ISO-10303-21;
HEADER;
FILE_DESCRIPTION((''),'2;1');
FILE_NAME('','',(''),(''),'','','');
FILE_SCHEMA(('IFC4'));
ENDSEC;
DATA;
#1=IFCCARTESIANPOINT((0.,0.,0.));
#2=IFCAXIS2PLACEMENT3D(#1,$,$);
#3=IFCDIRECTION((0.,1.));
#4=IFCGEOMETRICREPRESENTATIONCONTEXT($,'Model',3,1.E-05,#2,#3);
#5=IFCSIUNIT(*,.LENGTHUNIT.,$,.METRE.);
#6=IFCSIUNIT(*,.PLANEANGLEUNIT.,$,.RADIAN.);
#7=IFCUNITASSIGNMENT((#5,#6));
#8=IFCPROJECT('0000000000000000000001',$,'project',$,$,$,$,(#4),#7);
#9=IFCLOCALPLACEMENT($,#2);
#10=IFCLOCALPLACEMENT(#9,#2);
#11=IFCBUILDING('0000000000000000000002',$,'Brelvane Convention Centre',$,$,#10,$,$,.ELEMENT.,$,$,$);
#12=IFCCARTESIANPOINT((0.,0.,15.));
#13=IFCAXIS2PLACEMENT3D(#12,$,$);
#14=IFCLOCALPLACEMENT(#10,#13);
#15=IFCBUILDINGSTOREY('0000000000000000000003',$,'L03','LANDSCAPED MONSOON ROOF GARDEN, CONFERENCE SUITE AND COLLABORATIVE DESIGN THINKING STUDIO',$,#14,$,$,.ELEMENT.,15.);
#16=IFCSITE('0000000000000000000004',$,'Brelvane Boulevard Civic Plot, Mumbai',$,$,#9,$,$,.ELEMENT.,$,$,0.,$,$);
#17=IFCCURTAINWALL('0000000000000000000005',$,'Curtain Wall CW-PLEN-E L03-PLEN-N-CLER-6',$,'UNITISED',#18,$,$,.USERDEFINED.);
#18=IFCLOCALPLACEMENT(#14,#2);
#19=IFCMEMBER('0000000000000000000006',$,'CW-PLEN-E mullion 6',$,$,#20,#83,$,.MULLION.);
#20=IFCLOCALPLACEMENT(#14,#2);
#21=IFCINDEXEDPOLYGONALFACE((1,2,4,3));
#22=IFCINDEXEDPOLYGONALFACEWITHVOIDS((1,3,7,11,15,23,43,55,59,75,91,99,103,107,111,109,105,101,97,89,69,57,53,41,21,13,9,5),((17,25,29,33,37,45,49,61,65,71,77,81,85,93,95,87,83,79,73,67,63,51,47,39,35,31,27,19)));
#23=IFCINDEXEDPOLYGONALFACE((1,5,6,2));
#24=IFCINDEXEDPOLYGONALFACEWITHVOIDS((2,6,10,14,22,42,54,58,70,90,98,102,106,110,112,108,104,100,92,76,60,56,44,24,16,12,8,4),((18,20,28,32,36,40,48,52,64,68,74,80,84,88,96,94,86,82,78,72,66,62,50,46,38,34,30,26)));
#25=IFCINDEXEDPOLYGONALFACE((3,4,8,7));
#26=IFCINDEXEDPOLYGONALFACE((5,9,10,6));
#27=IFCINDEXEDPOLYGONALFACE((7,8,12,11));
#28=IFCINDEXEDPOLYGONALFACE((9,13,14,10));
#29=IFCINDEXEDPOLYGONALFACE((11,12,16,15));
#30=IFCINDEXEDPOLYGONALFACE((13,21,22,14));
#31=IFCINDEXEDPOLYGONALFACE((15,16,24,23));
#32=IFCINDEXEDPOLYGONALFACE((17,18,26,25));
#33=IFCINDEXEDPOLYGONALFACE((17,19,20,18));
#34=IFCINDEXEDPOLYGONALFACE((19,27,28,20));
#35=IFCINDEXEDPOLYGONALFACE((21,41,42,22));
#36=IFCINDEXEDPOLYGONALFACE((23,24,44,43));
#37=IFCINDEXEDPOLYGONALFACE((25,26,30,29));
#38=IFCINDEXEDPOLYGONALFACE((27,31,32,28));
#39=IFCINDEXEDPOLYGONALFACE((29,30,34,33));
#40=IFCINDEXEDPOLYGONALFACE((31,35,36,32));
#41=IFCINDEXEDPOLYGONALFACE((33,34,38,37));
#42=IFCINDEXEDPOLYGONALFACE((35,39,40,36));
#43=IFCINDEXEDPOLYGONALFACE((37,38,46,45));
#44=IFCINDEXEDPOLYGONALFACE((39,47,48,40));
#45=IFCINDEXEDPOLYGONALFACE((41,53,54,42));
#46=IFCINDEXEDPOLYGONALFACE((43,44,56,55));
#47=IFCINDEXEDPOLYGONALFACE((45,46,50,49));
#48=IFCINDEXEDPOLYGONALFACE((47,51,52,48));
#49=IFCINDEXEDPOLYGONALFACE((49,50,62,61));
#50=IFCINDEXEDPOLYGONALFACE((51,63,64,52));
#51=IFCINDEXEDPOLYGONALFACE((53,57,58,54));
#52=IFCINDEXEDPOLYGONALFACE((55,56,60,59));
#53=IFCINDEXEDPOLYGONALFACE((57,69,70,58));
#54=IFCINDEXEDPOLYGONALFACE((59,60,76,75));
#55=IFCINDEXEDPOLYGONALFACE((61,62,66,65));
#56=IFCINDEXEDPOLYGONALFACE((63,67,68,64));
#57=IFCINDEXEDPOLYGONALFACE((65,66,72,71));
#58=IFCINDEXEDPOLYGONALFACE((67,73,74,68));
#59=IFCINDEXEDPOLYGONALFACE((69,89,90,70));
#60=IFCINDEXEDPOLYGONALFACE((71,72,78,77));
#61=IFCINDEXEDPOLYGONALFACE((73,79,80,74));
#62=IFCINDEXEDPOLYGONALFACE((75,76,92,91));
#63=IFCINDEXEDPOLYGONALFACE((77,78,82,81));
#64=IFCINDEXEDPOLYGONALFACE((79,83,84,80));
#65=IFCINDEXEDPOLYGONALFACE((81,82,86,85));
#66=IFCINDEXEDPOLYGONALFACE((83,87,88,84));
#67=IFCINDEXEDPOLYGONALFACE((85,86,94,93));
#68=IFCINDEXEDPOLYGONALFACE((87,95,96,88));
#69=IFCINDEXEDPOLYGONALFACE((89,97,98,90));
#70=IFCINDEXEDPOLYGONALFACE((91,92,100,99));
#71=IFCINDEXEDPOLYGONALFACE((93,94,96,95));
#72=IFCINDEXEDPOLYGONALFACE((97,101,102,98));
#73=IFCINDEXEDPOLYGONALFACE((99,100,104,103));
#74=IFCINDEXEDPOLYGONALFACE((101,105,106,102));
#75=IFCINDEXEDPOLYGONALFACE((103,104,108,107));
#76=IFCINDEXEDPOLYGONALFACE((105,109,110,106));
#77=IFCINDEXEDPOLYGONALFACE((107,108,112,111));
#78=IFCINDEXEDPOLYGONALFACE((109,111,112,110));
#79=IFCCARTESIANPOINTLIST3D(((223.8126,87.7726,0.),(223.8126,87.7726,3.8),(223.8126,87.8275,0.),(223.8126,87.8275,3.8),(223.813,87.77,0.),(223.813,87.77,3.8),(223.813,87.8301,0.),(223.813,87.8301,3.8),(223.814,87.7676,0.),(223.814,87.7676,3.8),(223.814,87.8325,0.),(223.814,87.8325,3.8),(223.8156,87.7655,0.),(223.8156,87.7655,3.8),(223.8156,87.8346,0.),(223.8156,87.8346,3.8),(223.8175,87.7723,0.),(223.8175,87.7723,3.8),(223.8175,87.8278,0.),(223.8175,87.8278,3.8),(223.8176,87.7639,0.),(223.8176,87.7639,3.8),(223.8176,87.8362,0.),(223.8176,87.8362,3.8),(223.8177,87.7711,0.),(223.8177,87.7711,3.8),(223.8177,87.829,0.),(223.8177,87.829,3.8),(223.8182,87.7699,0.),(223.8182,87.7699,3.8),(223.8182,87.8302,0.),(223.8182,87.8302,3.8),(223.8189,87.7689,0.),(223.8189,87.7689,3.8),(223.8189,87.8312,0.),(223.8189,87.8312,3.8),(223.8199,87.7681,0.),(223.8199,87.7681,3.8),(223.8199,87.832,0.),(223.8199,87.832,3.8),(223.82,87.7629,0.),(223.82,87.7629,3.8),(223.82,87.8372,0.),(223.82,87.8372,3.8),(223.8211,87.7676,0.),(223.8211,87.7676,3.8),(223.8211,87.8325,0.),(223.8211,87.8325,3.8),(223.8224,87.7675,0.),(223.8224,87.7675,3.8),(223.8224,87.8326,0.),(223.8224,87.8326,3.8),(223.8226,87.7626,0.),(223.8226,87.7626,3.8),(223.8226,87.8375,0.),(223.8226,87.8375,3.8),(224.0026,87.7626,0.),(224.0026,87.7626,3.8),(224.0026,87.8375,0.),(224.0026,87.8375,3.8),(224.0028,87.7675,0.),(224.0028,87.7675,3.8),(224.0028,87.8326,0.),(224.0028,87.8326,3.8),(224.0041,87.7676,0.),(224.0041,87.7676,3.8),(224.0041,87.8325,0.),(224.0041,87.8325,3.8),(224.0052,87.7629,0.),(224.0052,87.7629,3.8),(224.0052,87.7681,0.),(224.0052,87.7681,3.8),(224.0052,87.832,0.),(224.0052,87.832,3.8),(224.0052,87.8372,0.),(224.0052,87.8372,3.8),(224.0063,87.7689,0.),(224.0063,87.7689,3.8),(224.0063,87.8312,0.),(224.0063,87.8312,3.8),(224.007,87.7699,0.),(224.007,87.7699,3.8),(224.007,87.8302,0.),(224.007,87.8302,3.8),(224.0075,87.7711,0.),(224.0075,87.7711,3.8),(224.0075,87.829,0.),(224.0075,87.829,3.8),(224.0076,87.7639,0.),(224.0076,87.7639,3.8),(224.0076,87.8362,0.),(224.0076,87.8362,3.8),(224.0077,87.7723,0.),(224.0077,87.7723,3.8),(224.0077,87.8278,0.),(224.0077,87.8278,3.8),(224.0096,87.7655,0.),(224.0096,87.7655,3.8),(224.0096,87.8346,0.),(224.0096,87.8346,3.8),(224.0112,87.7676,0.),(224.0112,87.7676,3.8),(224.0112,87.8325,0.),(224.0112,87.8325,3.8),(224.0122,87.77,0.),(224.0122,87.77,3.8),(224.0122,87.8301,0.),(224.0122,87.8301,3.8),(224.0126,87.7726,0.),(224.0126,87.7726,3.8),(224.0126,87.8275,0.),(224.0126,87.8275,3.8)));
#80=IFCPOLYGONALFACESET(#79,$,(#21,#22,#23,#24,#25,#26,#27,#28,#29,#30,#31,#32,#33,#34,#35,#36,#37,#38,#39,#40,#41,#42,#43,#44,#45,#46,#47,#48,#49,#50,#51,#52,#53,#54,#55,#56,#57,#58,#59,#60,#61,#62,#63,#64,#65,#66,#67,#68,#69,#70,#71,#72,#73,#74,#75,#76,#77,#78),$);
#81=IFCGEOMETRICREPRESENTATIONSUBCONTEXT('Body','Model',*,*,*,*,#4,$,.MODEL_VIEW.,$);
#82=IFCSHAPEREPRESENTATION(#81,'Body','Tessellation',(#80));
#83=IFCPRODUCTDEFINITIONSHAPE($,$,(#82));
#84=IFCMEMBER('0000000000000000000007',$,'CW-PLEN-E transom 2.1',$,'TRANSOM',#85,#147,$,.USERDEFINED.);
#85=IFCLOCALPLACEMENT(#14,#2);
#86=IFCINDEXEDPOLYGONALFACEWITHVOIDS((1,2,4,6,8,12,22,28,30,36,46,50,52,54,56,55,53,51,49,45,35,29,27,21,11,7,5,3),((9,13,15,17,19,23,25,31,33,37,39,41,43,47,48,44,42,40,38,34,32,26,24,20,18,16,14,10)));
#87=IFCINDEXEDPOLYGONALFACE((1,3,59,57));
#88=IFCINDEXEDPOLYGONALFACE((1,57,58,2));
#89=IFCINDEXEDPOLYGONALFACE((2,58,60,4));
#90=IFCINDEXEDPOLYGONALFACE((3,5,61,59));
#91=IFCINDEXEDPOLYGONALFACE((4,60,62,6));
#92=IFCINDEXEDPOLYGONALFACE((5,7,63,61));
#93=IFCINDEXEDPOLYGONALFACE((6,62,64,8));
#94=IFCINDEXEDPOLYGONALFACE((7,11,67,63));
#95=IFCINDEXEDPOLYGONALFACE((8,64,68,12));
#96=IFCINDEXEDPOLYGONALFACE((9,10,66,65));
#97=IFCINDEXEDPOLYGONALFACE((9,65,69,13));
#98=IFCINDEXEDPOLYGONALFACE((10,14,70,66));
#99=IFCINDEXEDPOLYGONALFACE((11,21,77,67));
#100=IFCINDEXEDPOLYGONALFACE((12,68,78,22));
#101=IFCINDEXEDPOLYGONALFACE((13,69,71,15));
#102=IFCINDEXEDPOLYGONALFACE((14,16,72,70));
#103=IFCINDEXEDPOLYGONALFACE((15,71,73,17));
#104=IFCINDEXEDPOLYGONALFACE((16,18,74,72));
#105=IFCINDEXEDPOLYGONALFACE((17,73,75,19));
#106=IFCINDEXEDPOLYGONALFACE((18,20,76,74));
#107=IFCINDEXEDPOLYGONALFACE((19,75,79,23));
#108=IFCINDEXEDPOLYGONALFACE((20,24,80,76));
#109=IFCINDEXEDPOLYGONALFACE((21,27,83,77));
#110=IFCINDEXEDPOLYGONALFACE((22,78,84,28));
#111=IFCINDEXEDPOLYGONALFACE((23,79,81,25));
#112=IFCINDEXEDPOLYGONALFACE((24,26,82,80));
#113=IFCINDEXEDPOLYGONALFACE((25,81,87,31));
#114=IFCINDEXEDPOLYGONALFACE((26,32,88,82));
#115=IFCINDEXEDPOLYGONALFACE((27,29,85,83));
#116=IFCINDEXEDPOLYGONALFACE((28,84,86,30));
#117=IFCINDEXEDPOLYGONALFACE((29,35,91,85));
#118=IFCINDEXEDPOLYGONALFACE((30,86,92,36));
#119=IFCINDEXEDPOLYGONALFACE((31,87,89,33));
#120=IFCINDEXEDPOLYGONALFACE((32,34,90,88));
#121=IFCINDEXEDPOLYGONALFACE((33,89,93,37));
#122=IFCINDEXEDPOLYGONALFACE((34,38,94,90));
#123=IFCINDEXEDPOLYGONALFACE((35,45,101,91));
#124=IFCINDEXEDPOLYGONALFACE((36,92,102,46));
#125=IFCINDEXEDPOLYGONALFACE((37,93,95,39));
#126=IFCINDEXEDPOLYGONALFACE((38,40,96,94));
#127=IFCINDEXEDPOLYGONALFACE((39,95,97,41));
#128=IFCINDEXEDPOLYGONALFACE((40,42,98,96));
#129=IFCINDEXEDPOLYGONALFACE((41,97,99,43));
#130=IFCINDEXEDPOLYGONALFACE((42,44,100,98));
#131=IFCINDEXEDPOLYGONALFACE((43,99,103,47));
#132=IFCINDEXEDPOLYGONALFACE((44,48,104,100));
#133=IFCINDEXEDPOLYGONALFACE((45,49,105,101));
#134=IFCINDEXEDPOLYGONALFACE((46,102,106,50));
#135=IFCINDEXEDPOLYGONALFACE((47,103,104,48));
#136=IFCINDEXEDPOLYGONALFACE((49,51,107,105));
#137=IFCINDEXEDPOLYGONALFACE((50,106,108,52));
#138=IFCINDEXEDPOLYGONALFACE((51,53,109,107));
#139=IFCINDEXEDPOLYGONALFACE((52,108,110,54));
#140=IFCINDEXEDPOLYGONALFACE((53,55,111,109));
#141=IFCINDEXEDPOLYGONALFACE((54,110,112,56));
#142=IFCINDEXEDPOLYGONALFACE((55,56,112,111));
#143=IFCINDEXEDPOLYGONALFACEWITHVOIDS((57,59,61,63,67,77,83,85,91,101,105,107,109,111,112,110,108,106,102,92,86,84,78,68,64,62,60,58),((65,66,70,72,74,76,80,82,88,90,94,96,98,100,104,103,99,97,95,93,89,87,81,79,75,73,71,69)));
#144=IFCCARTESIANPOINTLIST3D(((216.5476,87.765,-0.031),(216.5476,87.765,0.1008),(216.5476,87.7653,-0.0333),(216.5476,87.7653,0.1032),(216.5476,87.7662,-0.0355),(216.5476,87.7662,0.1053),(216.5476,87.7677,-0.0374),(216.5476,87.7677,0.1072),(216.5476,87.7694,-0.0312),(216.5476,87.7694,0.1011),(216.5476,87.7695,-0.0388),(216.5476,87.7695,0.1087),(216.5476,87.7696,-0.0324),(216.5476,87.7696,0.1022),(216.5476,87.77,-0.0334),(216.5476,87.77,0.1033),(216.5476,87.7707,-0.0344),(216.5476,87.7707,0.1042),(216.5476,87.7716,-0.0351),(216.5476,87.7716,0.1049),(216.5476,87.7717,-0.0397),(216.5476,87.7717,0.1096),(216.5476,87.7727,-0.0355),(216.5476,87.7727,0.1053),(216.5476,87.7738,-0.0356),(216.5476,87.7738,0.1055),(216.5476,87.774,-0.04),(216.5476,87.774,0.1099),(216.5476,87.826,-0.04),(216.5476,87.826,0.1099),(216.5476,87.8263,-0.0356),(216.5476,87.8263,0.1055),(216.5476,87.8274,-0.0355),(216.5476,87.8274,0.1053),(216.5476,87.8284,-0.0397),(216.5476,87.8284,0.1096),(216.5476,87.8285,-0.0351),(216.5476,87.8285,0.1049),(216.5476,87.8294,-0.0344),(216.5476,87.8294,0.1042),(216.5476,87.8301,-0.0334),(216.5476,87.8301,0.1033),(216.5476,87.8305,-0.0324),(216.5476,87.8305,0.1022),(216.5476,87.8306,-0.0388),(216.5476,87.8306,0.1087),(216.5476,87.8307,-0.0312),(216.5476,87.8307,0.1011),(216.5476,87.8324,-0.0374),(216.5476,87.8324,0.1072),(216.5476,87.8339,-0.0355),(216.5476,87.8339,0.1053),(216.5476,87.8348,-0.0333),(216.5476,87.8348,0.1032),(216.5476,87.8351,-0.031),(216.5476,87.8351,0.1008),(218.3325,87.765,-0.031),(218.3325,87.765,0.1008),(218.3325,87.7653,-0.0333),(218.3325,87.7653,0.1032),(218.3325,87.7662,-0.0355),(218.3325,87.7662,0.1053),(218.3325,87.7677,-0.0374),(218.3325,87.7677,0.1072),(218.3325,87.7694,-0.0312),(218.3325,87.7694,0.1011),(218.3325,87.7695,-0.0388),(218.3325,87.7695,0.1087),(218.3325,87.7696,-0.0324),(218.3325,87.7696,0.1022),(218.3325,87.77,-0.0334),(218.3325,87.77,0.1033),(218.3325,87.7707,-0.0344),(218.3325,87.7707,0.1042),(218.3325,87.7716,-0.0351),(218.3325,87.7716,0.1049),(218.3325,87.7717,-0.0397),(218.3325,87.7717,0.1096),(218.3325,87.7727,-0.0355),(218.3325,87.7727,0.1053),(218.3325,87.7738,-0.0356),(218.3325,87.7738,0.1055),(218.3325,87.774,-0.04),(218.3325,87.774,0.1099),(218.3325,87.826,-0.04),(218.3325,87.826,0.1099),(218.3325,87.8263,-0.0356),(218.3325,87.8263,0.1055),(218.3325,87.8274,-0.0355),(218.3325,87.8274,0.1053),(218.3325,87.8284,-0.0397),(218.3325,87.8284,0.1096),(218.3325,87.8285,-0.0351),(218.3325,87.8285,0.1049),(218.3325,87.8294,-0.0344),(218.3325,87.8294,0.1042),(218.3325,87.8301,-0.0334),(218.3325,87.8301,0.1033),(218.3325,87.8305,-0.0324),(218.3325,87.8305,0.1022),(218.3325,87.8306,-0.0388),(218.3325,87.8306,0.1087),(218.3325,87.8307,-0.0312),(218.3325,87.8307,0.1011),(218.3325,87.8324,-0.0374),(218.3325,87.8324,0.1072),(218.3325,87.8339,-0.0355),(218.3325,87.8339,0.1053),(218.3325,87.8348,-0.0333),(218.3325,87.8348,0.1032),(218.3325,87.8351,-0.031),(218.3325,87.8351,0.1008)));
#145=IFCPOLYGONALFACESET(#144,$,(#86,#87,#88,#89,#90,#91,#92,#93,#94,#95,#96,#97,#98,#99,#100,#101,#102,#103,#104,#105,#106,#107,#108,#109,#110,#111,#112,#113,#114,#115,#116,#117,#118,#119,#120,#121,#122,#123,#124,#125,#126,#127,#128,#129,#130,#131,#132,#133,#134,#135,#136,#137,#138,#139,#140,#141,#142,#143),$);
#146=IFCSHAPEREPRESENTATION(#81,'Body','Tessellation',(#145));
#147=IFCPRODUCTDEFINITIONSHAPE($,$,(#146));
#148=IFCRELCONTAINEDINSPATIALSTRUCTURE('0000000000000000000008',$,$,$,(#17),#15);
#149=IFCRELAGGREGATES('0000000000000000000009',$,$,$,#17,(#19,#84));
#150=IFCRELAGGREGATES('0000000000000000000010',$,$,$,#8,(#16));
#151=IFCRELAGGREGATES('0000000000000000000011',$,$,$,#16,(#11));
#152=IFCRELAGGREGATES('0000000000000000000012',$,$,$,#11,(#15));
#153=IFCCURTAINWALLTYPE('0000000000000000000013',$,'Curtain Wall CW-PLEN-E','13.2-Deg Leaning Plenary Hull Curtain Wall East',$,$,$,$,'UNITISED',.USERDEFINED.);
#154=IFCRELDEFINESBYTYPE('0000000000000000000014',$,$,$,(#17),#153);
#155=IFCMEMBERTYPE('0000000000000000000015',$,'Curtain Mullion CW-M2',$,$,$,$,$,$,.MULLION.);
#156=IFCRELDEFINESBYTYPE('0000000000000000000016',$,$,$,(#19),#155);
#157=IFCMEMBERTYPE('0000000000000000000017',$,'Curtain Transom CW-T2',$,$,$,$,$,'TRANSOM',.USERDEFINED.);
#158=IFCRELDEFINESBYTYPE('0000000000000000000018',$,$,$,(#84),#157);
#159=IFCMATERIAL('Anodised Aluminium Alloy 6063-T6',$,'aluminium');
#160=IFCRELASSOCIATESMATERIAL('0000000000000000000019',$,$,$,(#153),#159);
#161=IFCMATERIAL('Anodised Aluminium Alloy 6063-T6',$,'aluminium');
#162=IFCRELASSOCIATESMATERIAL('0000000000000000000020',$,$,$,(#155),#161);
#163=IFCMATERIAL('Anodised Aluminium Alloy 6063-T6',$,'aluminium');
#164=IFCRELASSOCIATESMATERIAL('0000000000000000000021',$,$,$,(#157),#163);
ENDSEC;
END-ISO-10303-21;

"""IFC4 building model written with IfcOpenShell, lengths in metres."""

from ifc_helpers import new_model, si_unit, direction, frame, origin, origin_2d, place, context, subcontext, project, spatial, hollow_rectangle, extrude, material, material_profile, profile_set, type_object, element, aggregate, save


model = new_model("IFC4")

# Units and contexts
model_context = context("Model", 3, precision=1e-05, world=origin(), true_north=direction((0.0, 1.0)))
body_context = subcontext(model_context, "Body", "Model", "MODEL_VIEW")
ifc_project = project(units=[si_unit("LENGTHUNIT", "METRE"), si_unit("PLANEANGLEUNIT", "RADIAN")], contexts=[model_context])

# Site, building, storey
site_placement = place(None, origin())
site = spatial("IfcSite", under=ifc_project, at=site_placement, Name="Brelvane Boulevard Civic Plot, Mumbai", CompositionType="ELEMENT", RefElevation=0.0)
building_placement = place(site_placement, origin())
building = spatial("IfcBuilding", under=site, at=building_placement, Name="Brelvane Convention Centre", CompositionType="ELEMENT")
storey_placement = place(building_placement, frame((0.0, 0.0, 15.0)))
storey = spatial("IfcBuildingStorey", under=building, at=storey_placement, Name="L03", Description="LANDSCAPED MONSOON ROOF GARDEN, CONFERENCE SUITE AND COLLABORATIVE DESIGN THINKING STUDIO", CompositionType="ELEMENT", Elevation=15.0)

# Curtain wall, members
ifc_material_1 = material(Name="Anodised Aluminium Alloy 6063-T6", Category="aluminium")
curtain_wall_type = type_object("IfcCurtainWallType", Name="Curtain Wall CW-PLEN-E", Description="13.2-Deg Leaning Plenary Hull Curtain Wall East", ElementType="UNITISED", PredefinedType="USERDEFINED", material=ifc_material_1)
curtain_wall_placement = place(storey_placement, origin())
curtain_wall = element("IfcCurtainWall", 1, at=curtain_wall_placement, inside=storey, type_object=curtain_wall_type, Name="Curtain Wall CW-PLEN-E L03-PLEN-N-CLER-6", ObjectType="UNITISED", PredefinedType="USERDEFINED")
ifc_material_2 = material(Name="Anodised Aluminium Alloy 6063-T6", Category="aluminium")
ifc_material_profile_1 = material_profile(ifc_material_2, hollow_rectangle(XDim=0.075, YDim=0.2, WallThickness=0.0049, InnerFilletRadius=0.0049, OuterFilletRadius=0.01, at=origin_2d()), Name="ALU-M 200x75x5.0")
ifc_profile_set_1 = profile_set([ifc_material_profile_1], Name="Anodised Aluminium Alloy 6063-T6")
member_type_1 = type_object("IfcMemberType", Name="Curtain Mullion CW-M2", PredefinedType="MULLION", material=ifc_profile_set_1)
member_1_placement = place(storey_placement, frame((223.9126, 87.8, 0.0), z_axis=(0.0, 0.0, 1.0), x_axis=(0.0, 1.0, 0.0)))
member_1 = element("IfcMember", 2, at=member_1_placement, type_object=member_type_1, Name="CW-PLEN-E mullion 6", PredefinedType="MULLION", context=body_context, shape_type="SweptSolid", body=[
    extrude(hollow_rectangle(XDim=0.075, YDim=0.2, WallThickness=0.0049, InnerFilletRadius=0.0049, OuterFilletRadius=0.01, at=origin_2d()), origin(), (0.0, 0.0, 1.0), 3.8),
])
ifc_material_3 = material(Name="Anodised Aluminium Alloy 6063-T6", Category="aluminium")
ifc_material_profile_2 = material_profile(ifc_material_3, hollow_rectangle(XDim=0.0701, YDim=0.1499, WallThickness=0.0044, InnerFilletRadius=0.0044, OuterFilletRadius=0.009, at=origin_2d()), Name="ALU-T 150x70x4.5")
ifc_profile_set_2 = profile_set([ifc_material_profile_2], Name="Anodised Aluminium Alloy 6063-T6")
member_type_2 = type_object("IfcMemberType", Name="Curtain Transom CW-T2", ElementType="TRANSOM", PredefinedType="USERDEFINED", material=ifc_profile_set_2)
member_2_placement = place(storey_placement, frame((216.5476, 87.8, 0.0349), z_axis=(1.0, 0.0, 0.0), x_axis=(0.0, 1.0, 0.0)))
member_2 = element("IfcMember", 3, at=member_2_placement, type_object=member_type_2, Name="CW-PLEN-E transom 2.1", ObjectType="TRANSOM", PredefinedType="USERDEFINED", context=body_context, shape_type="SweptSolid", body=[
    extrude(hollow_rectangle(XDim=0.0701, YDim=0.1499, WallThickness=0.0044, InnerFilletRadius=0.0044, OuterFilletRadius=0.009, at=origin_2d()), origin(), (0.0, 0.0, 1.0), 1.7849),
])
aggregate(curtain_wall, [member_1, member_2])

save(model, "model.ifc")
